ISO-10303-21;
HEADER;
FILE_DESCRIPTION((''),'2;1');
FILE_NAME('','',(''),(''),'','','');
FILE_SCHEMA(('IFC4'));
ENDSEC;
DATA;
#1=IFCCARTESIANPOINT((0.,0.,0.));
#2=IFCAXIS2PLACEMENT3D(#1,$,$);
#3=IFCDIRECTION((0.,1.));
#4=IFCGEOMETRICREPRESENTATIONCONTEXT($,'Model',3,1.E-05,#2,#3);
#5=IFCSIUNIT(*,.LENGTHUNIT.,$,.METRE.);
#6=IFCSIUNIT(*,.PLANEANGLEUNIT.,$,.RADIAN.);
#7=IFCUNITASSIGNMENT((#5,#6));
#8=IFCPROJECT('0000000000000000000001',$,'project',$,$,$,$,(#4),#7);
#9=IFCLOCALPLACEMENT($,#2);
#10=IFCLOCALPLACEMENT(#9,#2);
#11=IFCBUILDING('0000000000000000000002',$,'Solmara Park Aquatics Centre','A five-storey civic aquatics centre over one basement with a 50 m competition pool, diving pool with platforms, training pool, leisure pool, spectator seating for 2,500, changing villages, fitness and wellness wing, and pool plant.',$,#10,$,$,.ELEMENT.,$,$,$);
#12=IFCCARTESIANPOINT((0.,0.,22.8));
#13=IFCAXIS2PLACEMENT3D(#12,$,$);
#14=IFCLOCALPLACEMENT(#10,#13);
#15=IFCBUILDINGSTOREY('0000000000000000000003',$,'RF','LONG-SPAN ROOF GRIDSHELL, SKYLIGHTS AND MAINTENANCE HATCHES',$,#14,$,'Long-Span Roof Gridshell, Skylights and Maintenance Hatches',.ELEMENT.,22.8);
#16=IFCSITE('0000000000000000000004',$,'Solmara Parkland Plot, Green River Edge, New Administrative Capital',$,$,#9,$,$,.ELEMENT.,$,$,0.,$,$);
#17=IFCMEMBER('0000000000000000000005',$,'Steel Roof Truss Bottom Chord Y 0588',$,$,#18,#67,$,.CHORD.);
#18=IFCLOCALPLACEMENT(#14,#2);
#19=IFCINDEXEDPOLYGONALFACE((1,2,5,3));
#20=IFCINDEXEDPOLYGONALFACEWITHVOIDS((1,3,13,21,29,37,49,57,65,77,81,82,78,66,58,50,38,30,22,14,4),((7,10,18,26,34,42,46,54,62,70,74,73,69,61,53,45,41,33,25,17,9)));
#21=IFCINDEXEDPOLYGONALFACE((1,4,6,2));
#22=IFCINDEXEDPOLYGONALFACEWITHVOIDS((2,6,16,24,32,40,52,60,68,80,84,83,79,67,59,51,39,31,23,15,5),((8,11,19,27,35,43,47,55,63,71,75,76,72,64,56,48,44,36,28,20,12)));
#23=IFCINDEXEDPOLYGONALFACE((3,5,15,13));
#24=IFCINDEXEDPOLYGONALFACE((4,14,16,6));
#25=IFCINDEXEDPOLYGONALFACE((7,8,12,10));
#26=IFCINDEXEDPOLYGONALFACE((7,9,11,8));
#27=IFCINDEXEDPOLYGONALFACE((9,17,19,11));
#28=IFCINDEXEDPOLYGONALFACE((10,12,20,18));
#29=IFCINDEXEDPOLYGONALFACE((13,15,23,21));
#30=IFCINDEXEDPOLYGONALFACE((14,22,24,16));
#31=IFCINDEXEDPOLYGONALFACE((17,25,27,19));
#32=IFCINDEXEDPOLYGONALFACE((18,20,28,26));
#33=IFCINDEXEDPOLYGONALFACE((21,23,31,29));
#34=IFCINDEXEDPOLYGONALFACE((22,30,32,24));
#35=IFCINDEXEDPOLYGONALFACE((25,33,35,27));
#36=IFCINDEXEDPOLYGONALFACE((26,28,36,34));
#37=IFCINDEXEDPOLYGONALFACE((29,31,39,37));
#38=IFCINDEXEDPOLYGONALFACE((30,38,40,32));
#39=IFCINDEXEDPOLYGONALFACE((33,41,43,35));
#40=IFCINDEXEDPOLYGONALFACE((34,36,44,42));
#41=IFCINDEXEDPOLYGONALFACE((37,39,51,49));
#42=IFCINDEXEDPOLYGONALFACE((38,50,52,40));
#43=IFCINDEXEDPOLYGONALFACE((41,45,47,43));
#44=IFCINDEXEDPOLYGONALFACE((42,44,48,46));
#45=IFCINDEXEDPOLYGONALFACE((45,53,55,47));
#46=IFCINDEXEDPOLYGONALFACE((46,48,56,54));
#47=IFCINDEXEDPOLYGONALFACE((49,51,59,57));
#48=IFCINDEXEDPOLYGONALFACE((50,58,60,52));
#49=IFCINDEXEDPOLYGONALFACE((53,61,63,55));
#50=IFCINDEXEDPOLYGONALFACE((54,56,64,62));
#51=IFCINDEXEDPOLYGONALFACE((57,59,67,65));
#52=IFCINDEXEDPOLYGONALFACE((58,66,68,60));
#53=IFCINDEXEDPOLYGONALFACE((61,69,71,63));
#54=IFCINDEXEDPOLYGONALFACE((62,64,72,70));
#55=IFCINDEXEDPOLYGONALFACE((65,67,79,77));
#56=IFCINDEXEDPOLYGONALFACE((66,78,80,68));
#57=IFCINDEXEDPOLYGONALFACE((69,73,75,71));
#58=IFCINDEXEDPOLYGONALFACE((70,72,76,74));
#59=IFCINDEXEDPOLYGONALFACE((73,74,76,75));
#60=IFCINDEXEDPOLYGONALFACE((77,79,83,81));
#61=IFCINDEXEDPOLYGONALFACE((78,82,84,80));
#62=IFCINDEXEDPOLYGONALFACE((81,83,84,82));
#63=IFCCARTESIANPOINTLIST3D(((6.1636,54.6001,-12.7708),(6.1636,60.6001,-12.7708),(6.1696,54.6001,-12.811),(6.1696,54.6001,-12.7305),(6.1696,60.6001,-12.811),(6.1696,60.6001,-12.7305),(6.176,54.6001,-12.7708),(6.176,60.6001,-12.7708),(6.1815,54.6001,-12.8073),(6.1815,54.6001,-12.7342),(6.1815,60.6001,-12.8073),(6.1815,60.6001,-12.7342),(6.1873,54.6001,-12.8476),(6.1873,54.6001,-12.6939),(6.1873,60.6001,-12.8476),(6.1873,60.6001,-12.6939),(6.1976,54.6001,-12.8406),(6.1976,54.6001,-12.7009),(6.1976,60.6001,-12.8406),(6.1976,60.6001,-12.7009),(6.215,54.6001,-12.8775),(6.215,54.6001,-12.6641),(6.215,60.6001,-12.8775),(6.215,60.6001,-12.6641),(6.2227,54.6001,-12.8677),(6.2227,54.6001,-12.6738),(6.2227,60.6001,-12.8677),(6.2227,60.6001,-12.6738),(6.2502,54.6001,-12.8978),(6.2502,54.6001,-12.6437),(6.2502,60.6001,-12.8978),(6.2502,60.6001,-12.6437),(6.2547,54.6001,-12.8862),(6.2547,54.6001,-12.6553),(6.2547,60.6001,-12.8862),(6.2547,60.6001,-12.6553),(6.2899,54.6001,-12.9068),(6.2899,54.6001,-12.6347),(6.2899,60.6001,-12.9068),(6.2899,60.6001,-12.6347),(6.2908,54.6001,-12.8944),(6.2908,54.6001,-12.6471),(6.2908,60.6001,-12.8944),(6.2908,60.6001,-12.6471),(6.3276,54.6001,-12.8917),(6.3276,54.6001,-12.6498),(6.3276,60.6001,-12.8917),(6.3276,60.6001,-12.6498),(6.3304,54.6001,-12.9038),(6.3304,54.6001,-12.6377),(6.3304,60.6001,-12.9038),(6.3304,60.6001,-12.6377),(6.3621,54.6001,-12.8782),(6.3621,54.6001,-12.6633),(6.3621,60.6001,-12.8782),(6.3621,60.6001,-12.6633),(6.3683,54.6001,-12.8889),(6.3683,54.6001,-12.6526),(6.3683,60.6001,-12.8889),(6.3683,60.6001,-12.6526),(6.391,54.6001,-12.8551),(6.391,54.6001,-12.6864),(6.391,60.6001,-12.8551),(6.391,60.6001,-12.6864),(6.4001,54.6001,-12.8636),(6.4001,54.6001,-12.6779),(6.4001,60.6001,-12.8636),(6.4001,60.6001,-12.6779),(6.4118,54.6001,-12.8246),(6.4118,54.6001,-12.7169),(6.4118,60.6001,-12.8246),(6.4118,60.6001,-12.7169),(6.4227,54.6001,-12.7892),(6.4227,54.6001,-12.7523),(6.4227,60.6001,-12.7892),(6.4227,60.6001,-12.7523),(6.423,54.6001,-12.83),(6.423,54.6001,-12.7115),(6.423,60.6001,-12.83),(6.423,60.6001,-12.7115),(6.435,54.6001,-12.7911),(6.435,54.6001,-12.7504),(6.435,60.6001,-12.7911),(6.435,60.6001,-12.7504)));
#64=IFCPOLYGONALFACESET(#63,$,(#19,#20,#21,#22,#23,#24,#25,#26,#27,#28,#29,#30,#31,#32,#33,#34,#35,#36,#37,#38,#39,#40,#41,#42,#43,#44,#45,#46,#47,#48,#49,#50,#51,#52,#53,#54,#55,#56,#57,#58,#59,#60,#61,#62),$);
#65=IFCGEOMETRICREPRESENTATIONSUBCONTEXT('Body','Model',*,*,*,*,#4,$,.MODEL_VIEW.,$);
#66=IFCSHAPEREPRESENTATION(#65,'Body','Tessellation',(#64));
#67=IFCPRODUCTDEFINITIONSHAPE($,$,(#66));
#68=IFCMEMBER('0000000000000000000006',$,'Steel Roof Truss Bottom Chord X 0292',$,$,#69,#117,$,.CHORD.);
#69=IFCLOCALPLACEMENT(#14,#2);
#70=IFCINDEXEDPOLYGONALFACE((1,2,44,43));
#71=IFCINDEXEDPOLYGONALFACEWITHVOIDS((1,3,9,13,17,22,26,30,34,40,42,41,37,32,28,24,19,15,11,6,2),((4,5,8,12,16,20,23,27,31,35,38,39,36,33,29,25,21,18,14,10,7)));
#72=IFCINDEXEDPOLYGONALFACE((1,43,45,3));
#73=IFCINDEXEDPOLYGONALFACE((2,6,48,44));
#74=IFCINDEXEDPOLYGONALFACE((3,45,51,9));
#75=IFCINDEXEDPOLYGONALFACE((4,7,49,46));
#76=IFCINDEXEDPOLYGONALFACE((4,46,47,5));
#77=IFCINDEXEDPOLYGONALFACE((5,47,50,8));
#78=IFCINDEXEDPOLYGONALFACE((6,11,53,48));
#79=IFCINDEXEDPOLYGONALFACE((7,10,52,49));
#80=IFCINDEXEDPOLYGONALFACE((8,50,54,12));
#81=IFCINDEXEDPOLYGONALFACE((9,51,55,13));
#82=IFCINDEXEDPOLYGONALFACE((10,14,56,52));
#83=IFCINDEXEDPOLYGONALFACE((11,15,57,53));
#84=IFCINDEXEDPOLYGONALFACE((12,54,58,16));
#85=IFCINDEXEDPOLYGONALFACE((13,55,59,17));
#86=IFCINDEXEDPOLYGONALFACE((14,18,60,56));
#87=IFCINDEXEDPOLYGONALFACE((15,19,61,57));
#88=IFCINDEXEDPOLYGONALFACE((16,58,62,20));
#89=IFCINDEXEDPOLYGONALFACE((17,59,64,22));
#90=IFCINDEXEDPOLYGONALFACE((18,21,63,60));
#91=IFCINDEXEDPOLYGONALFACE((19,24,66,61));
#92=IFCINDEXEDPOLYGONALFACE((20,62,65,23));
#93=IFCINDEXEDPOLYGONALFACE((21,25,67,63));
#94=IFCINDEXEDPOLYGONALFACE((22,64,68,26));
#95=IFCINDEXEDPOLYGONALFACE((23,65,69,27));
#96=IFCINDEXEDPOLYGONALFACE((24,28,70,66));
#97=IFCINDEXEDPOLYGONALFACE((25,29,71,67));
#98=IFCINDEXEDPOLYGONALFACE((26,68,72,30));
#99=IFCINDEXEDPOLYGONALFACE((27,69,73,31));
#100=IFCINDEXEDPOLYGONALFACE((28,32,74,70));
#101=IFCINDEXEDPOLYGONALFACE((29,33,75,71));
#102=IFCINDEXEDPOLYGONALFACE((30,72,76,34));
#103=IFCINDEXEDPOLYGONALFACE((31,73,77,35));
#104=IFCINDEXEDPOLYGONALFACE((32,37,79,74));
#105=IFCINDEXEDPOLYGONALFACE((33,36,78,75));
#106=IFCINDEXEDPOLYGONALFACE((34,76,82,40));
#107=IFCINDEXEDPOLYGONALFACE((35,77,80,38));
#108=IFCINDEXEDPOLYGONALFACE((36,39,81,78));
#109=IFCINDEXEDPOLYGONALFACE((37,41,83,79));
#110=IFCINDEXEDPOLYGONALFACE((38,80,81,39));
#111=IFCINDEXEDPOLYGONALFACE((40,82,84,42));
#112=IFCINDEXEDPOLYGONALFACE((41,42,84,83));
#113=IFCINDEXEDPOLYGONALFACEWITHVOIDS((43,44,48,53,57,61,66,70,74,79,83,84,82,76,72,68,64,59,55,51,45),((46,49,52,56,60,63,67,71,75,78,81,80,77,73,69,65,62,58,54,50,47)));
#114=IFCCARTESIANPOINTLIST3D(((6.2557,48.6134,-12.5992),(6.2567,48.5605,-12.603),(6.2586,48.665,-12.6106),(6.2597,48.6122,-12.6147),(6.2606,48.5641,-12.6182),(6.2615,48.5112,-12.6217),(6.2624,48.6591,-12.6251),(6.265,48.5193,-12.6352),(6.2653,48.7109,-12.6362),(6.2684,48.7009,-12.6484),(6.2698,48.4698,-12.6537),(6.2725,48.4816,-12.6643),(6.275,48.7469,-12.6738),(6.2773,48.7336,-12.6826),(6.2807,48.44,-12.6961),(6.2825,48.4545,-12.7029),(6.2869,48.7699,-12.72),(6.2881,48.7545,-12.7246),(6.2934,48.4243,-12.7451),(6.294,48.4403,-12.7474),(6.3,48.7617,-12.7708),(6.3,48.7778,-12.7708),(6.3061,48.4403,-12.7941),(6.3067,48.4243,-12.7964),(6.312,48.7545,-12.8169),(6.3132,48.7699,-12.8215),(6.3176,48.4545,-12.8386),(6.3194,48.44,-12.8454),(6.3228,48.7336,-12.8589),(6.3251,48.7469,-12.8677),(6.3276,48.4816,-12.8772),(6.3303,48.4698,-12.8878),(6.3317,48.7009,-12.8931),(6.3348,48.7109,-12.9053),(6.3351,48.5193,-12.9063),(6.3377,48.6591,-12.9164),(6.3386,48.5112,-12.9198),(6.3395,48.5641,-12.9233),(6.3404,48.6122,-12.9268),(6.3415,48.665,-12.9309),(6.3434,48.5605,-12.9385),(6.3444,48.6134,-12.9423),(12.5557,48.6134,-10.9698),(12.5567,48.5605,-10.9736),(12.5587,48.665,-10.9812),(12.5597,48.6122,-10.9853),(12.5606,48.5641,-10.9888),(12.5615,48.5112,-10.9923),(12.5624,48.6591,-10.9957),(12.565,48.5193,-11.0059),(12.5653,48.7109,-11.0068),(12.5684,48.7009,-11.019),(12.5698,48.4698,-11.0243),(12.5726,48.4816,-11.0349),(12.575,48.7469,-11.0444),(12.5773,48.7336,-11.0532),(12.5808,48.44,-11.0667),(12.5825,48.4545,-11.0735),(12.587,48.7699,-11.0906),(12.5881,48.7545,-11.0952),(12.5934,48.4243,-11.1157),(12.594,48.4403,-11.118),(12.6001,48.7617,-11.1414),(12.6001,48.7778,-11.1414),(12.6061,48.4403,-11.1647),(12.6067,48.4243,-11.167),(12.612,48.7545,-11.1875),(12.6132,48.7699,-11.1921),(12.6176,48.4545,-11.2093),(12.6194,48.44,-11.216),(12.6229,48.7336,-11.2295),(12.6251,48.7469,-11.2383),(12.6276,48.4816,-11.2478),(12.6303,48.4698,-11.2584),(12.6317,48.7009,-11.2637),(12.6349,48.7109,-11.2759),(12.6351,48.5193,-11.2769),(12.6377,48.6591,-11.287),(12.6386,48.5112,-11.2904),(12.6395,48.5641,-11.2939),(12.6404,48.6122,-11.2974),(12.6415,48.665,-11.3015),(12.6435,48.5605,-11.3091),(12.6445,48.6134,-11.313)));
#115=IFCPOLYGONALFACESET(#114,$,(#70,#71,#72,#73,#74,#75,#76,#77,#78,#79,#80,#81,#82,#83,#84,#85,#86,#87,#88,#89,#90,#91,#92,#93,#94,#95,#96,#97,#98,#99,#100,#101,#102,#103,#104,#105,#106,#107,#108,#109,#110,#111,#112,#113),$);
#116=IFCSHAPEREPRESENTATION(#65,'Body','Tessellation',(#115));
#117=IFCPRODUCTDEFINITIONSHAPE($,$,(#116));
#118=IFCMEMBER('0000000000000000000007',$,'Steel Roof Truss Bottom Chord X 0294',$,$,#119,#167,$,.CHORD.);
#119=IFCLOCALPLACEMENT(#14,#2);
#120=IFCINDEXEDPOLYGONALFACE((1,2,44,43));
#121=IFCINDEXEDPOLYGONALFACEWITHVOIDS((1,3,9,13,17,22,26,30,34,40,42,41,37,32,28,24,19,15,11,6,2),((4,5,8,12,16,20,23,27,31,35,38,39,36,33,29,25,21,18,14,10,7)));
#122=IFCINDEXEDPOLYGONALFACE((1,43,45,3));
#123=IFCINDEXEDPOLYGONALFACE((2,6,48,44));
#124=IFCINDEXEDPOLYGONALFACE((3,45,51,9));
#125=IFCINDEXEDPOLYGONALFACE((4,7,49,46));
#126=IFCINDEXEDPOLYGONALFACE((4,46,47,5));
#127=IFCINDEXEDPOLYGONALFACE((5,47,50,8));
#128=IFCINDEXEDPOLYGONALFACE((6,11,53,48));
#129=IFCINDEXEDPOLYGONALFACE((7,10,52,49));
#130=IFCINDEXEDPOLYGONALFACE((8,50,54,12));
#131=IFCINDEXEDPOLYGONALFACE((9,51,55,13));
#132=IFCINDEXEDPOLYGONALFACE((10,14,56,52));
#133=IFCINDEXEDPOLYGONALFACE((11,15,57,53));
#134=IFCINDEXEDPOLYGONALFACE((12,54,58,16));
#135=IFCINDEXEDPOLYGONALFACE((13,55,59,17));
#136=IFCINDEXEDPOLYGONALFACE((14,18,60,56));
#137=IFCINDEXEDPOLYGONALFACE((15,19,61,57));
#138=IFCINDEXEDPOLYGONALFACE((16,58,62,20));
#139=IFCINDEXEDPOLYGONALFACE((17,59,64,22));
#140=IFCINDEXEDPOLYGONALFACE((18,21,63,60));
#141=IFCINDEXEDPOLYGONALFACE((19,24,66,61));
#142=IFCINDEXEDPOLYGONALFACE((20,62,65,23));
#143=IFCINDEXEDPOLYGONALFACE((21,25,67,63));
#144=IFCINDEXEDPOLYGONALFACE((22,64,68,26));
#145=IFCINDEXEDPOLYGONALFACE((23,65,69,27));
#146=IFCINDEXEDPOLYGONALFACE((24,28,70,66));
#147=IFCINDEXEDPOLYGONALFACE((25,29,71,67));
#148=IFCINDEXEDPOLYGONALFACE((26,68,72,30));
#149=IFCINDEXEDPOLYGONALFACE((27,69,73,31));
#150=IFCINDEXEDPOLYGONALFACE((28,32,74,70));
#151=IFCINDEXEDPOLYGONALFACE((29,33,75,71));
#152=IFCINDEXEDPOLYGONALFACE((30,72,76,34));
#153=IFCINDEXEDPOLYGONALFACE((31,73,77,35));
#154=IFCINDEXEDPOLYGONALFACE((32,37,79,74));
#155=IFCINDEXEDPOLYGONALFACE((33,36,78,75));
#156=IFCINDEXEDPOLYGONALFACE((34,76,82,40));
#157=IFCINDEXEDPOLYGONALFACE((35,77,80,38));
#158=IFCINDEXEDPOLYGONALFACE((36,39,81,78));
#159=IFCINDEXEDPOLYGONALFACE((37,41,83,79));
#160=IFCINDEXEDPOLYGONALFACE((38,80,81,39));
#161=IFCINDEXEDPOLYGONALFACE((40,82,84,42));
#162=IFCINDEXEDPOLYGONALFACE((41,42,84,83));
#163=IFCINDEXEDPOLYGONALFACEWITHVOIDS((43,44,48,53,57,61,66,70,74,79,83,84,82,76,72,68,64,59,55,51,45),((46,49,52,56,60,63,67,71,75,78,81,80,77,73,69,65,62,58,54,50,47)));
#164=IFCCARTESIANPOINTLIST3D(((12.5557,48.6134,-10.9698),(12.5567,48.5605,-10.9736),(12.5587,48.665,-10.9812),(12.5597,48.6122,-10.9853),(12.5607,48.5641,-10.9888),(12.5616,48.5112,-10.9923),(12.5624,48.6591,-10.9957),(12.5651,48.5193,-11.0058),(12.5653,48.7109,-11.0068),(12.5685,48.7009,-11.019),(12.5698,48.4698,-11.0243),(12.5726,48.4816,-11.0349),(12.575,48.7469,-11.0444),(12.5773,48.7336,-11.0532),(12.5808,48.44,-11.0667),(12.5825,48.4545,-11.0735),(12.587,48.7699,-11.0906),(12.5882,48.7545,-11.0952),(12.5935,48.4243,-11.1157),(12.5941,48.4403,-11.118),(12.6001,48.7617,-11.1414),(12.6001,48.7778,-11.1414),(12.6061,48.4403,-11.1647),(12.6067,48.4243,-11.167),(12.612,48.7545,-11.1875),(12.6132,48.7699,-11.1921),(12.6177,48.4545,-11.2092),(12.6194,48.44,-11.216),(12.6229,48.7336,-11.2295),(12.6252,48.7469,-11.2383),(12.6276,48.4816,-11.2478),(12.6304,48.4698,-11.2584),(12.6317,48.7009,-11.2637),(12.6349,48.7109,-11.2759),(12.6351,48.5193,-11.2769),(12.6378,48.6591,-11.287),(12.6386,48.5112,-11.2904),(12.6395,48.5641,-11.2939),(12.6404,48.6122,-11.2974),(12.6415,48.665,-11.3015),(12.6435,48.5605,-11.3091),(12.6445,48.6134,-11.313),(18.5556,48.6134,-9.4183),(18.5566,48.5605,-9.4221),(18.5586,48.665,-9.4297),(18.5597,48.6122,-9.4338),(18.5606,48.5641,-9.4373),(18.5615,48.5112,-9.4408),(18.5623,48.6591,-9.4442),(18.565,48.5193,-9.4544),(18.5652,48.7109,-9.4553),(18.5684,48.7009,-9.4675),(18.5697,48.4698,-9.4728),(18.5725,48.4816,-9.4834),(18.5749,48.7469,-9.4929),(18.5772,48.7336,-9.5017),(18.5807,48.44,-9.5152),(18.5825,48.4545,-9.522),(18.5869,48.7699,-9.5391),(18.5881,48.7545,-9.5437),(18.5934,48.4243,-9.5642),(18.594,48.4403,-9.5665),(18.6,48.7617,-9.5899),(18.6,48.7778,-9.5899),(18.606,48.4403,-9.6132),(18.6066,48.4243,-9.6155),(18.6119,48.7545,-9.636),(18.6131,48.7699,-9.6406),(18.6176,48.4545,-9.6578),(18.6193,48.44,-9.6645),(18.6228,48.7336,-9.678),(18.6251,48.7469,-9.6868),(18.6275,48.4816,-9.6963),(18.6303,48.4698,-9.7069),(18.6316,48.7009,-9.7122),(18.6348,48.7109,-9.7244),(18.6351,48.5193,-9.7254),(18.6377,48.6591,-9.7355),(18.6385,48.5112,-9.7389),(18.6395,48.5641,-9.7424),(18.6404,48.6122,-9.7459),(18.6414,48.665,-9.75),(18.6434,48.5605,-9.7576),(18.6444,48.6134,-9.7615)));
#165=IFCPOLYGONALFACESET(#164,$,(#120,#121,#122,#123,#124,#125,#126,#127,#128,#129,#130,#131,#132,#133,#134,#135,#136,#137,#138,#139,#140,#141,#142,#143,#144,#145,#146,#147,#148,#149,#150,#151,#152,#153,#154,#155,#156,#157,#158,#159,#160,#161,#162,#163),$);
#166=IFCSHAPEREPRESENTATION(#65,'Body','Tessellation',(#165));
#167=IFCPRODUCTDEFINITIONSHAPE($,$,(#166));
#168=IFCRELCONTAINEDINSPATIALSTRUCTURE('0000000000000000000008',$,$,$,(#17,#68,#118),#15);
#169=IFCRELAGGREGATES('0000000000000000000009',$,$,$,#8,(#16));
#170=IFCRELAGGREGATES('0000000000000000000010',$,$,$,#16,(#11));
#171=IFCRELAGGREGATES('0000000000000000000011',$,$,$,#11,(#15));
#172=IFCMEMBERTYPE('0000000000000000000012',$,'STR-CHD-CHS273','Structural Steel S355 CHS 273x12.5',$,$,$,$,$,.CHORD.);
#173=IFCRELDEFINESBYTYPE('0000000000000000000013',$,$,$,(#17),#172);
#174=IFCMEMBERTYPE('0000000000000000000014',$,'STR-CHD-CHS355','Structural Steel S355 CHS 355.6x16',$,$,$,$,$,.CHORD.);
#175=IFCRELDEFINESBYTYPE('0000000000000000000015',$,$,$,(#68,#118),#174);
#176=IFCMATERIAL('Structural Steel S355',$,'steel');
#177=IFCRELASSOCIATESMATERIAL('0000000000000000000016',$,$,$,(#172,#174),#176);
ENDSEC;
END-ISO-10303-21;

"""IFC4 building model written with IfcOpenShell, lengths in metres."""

from ifc_helpers import new_model, si_unit, direction, frame, origin, origin_2d, place, context, subcontext, project, spatial, hollow_circle, extrude, material, material_profile, profile_set, type_object, element, save


model = new_model("IFC4")

# Units and contexts
model_context = context("Model", 3, precision=1e-05, world=origin(), true_north=direction((0.0, 1.0)))
body_context = subcontext(model_context, "Body", "Model", "MODEL_VIEW")
ifc_project = project(units=[si_unit("LENGTHUNIT", "METRE"), si_unit("PLANEANGLEUNIT", "RADIAN")], contexts=[model_context])

# Site, building, storey
site_placement = place(None, origin())
site = spatial("IfcSite", under=ifc_project, at=site_placement, Name="Solmara Parkland Plot, Green River Edge, New Administrative Capital", CompositionType="ELEMENT", RefElevation=0.0)
building_placement = place(site_placement, origin())
building = spatial("IfcBuilding", under=site, at=building_placement, Name="Solmara Park Aquatics Centre", Description="A five-storey civic aquatics centre over one basement with a 50 m competition pool, diving pool with platforms, training pool, leisure pool, spectator seating for 2,500, changing villages, fitness and wellness wing, and pool plant.", CompositionType="ELEMENT")
storey_placement = place(building_placement, frame((0.0, 0.0, 22.8)))
storey = spatial("IfcBuildingStorey", under=building, at=storey_placement, Name="RF", Description="LONG-SPAN ROOF GRIDSHELL, SKYLIGHTS AND MAINTENANCE HATCHES", LongName="Long-Span Roof Gridshell, Skylights and Maintenance Hatches", CompositionType="ELEMENT", Elevation=22.8)

# Members
ifc_material_1 = material(Name="Structural Steel S355", Category="steel")
ifc_material_profile_1 = material_profile(ifc_material_1, hollow_circle(Radius=0.1365, WallThickness=0.0125, at=origin_2d()), Name="CHS 273x12.5")
ifc_profile_set_1 = profile_set([ifc_material_profile_1], Name="Structural Steel S355")
member_type_1 = type_object("IfcMemberType", Name="STR-CHD-CHS273", Description="Structural Steel S355 CHS 273x12.5", PredefinedType="CHORD", material=ifc_profile_set_1)
for number, where, z_axis, x_axis, name in (
    (1, (6.3, 54.6001, -12.7708), (0.0, 1.0, 0.0), (-1.0, 0.0, 0.0), "Steel Roof Truss Bottom Chord Y 0588"),
):
    element("IfcMember", number, at=place(storey_placement, frame(where, z_axis=z_axis, x_axis=x_axis)), inside=storey, type_object=member_type_1, Name=name, PredefinedType="CHORD", context=body_context, shape_type="SweptSolid", body=[
        extrude(hollow_circle(Radius=0.1365, WallThickness=0.0125, at=origin_2d()), origin(), (0.0, 0.0, 1.0), 6.0),
    ])
ifc_material_profile_2 = material_profile(ifc_material_1, hollow_circle(Radius=0.1777, WallThickness=0.0161, at=origin_2d()), Name="CHS 355.6x16")
ifc_profile_set_2 = profile_set([ifc_material_profile_2], Name="Structural Steel S355")
member_type_2 = type_object("IfcMemberType", Name="STR-CHD-CHS355", Description="Structural Steel S355 CHS 355.6x16", PredefinedType="CHORD", material=ifc_profile_set_2)
member_1_placement = place(storey_placement, frame((6.3, 48.6001, -12.7708), z_axis=(0.968144, 0.0, 0.250393), x_axis=(0.0, 1.0, 0.0)))
element("IfcMember", 2, at=member_1_placement, inside=storey, type_object=member_type_2, Name="Steel Roof Truss Bottom Chord X 0292", PredefinedType="CHORD", context=body_context, shape_type="SweptSolid", body=[
    extrude(hollow_circle(Radius=0.1777, WallThickness=0.0161, at=origin_2d()), origin(), (0.0, 0.0, 1.0), 6.5073),
])
member_2_placement = place(storey_placement, frame((12.6001, 48.6001, -11.1414), z_axis=(0.968155, 0.0, 0.250351), x_axis=(0.0, 1.0, 0.0)))
element("IfcMember", 3, at=member_2_placement, inside=storey, type_object=member_type_2, Name="Steel Roof Truss Bottom Chord X 0294", PredefinedType="CHORD", context=body_context, shape_type="SweptSolid", body=[
    extrude(hollow_circle(Radius=0.1777, WallThickness=0.0161, at=origin_2d()), origin(), (0.0, 0.0, 1.0), 6.1973),
])

save(model, "model.ifc")
